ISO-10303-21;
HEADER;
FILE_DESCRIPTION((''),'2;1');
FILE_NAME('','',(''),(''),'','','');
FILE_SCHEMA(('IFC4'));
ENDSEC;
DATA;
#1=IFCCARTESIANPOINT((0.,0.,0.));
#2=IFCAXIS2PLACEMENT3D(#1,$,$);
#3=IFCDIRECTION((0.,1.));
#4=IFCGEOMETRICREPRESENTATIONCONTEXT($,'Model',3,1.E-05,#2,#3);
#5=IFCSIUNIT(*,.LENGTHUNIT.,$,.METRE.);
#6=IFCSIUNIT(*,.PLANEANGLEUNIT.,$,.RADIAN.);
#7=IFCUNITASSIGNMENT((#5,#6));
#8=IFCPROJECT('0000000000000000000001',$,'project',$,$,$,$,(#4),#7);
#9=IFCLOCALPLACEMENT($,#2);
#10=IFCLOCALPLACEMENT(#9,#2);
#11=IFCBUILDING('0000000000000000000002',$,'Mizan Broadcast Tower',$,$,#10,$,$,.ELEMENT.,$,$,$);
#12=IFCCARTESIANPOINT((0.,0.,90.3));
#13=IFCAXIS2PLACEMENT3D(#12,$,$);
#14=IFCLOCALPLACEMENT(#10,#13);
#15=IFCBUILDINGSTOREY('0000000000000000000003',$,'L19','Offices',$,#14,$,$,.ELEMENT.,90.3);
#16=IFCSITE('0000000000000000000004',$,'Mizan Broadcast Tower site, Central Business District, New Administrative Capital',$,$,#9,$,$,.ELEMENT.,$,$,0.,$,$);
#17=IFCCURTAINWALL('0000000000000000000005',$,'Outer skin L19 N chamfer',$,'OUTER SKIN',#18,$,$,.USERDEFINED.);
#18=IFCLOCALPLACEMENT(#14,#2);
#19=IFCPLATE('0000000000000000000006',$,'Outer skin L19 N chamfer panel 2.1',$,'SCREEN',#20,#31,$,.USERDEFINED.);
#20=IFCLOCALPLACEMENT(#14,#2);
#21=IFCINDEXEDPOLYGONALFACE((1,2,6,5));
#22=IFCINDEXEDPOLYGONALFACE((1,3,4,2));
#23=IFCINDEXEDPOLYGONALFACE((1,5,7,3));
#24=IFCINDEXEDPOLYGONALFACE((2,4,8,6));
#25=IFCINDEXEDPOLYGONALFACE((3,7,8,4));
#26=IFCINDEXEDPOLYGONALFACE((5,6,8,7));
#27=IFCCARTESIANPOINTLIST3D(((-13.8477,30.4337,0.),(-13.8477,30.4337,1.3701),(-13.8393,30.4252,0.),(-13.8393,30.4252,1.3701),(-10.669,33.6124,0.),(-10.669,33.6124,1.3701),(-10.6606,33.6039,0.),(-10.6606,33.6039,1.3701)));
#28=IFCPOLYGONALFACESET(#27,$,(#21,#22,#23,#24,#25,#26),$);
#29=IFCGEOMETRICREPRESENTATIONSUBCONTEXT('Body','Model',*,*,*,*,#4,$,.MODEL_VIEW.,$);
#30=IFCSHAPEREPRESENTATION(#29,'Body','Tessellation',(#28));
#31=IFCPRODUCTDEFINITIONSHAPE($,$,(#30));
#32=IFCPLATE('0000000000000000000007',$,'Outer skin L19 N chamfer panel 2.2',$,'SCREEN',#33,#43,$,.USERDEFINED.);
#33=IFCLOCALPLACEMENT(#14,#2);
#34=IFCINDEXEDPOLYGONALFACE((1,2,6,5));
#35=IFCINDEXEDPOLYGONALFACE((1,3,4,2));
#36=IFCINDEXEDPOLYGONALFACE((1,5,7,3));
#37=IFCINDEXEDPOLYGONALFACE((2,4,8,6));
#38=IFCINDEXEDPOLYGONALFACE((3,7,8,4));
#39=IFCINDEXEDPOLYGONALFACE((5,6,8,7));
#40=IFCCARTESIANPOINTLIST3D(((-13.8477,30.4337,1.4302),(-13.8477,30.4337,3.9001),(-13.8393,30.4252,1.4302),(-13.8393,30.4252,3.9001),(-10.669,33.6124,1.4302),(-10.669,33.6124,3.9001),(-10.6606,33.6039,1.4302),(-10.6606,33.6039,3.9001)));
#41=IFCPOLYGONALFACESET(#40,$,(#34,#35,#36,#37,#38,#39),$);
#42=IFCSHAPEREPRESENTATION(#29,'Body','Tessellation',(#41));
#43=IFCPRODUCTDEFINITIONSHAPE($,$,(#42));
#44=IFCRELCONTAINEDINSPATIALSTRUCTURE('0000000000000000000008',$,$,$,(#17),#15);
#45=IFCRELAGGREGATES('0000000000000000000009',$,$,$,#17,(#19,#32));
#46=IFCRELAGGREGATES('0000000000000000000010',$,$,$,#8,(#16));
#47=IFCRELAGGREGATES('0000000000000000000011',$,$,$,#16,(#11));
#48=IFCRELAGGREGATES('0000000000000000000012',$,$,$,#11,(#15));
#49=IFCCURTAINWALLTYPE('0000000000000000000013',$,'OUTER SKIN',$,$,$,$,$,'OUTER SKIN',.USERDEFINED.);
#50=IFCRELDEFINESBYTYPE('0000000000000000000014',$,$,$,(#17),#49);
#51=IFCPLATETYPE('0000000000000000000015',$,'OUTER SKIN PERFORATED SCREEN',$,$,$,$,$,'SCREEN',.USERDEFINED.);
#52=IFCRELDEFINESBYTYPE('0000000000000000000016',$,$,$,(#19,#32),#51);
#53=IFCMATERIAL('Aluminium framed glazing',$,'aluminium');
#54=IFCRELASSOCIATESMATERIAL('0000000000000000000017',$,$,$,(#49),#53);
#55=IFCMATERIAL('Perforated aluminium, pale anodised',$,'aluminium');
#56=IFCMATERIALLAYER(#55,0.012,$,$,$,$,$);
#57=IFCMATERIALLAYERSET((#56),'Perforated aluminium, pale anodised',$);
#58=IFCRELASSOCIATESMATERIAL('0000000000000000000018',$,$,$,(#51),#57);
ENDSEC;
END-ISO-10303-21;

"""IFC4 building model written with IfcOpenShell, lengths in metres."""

from ifc_helpers import new_model, si_unit, direction, frame, origin, origin_2d, place, context, subcontext, project, spatial, rectangle, extrude, material, layer, layer_set, type_object, element, aggregate, save


model = new_model("IFC4")

# Units and contexts
model_context = context("Model", 3, precision=1e-05, world=origin(), true_north=direction((0.0, 1.0)))
body_context = subcontext(model_context, "Body", "Model", "MODEL_VIEW")
ifc_project = project(units=[si_unit("LENGTHUNIT", "METRE"), si_unit("PLANEANGLEUNIT", "RADIAN")], contexts=[model_context])

# Site, building, storey
site_placement = place(None, origin())
site = spatial("IfcSite", under=ifc_project, at=site_placement, Name="Mizan Broadcast Tower site, Central Business District, New Administrative Capital", CompositionType="ELEMENT", RefElevation=0.0)
building_placement = place(site_placement, origin())
building = spatial("IfcBuilding", under=site, at=building_placement, Name="Mizan Broadcast Tower", CompositionType="ELEMENT")
storey_placement = place(building_placement, frame((0.0, 0.0, 90.3)))
storey = spatial("IfcBuildingStorey", under=building, at=storey_placement, Name="L19", Description="Offices", CompositionType="ELEMENT", Elevation=90.3)

# Curtain wall
ifc_material_1 = material(Name="Aluminium framed glazing", Category="aluminium")
curtain_wall_type_1 = type_object("IfcCurtainWallType", Name="OUTER SKIN", ElementType="OUTER SKIN", PredefinedType="USERDEFINED", material=ifc_material_1)
curtain_wall_1_placement = place(storey_placement, origin())
curtain_wall_1 = element("IfcCurtainWall", 1, at=curtain_wall_1_placement, inside=storey, type_object=curtain_wall_type_1, Name="Outer skin L19 N chamfer", ObjectType="OUTER SKIN", PredefinedType="USERDEFINED")

# Plates
ifc_material_2 = material(Name="Perforated aluminium, pale anodised", Category="aluminium")
ifc_layer_1 = layer(ifc_material_2, 0.012)
ifc_layer_set_1 = layer_set([ifc_layer_1], Name="Perforated aluminium, pale anodised")
plate_type_1 = type_object("IfcPlateType", Name="OUTER SKIN PERFORATED SCREEN", ElementType="SCREEN", PredefinedType="USERDEFINED", material=ifc_layer_set_1)
plate_1_placement = place(storey_placement, frame((-12.2542, 32.0188, 0.0), z_axis=(0.0, 0.0, 1.0), x_axis=(-0.707107, -0.707107, 0.0)))
plate_1 = element("IfcPlate", 2, at=plate_1_placement, type_object=plate_type_1, Name="Outer skin L19 N chamfer panel 2.1", ObjectType="SCREEN", PredefinedType="USERDEFINED", context=body_context, shape_type="SweptSolid", body=[
    extrude(rectangle(XDim=4.4954, YDim=0.012, at=origin_2d()), origin(), (0.0, 0.0, 1.0), 1.3701),
])
plate_2_placement = place(storey_placement, frame((-12.2542, 32.0188, 1.4302), z_axis=(0.0, 0.0, 1.0), x_axis=(-0.707107, -0.707107, 0.0)))
plate_2 = element("IfcPlate", 3, at=plate_2_placement, type_object=plate_type_1, Name="Outer skin L19 N chamfer panel 2.2", ObjectType="SCREEN", PredefinedType="USERDEFINED", context=body_context, shape_type="SweptSolid", body=[
    extrude(rectangle(XDim=4.4954, YDim=0.012, at=origin_2d()), origin(), (0.0, 0.0, 1.0), 2.47),
])
aggregate(curtain_wall_1, [plate_1, plate_2])

save(model, "model.ifc")
